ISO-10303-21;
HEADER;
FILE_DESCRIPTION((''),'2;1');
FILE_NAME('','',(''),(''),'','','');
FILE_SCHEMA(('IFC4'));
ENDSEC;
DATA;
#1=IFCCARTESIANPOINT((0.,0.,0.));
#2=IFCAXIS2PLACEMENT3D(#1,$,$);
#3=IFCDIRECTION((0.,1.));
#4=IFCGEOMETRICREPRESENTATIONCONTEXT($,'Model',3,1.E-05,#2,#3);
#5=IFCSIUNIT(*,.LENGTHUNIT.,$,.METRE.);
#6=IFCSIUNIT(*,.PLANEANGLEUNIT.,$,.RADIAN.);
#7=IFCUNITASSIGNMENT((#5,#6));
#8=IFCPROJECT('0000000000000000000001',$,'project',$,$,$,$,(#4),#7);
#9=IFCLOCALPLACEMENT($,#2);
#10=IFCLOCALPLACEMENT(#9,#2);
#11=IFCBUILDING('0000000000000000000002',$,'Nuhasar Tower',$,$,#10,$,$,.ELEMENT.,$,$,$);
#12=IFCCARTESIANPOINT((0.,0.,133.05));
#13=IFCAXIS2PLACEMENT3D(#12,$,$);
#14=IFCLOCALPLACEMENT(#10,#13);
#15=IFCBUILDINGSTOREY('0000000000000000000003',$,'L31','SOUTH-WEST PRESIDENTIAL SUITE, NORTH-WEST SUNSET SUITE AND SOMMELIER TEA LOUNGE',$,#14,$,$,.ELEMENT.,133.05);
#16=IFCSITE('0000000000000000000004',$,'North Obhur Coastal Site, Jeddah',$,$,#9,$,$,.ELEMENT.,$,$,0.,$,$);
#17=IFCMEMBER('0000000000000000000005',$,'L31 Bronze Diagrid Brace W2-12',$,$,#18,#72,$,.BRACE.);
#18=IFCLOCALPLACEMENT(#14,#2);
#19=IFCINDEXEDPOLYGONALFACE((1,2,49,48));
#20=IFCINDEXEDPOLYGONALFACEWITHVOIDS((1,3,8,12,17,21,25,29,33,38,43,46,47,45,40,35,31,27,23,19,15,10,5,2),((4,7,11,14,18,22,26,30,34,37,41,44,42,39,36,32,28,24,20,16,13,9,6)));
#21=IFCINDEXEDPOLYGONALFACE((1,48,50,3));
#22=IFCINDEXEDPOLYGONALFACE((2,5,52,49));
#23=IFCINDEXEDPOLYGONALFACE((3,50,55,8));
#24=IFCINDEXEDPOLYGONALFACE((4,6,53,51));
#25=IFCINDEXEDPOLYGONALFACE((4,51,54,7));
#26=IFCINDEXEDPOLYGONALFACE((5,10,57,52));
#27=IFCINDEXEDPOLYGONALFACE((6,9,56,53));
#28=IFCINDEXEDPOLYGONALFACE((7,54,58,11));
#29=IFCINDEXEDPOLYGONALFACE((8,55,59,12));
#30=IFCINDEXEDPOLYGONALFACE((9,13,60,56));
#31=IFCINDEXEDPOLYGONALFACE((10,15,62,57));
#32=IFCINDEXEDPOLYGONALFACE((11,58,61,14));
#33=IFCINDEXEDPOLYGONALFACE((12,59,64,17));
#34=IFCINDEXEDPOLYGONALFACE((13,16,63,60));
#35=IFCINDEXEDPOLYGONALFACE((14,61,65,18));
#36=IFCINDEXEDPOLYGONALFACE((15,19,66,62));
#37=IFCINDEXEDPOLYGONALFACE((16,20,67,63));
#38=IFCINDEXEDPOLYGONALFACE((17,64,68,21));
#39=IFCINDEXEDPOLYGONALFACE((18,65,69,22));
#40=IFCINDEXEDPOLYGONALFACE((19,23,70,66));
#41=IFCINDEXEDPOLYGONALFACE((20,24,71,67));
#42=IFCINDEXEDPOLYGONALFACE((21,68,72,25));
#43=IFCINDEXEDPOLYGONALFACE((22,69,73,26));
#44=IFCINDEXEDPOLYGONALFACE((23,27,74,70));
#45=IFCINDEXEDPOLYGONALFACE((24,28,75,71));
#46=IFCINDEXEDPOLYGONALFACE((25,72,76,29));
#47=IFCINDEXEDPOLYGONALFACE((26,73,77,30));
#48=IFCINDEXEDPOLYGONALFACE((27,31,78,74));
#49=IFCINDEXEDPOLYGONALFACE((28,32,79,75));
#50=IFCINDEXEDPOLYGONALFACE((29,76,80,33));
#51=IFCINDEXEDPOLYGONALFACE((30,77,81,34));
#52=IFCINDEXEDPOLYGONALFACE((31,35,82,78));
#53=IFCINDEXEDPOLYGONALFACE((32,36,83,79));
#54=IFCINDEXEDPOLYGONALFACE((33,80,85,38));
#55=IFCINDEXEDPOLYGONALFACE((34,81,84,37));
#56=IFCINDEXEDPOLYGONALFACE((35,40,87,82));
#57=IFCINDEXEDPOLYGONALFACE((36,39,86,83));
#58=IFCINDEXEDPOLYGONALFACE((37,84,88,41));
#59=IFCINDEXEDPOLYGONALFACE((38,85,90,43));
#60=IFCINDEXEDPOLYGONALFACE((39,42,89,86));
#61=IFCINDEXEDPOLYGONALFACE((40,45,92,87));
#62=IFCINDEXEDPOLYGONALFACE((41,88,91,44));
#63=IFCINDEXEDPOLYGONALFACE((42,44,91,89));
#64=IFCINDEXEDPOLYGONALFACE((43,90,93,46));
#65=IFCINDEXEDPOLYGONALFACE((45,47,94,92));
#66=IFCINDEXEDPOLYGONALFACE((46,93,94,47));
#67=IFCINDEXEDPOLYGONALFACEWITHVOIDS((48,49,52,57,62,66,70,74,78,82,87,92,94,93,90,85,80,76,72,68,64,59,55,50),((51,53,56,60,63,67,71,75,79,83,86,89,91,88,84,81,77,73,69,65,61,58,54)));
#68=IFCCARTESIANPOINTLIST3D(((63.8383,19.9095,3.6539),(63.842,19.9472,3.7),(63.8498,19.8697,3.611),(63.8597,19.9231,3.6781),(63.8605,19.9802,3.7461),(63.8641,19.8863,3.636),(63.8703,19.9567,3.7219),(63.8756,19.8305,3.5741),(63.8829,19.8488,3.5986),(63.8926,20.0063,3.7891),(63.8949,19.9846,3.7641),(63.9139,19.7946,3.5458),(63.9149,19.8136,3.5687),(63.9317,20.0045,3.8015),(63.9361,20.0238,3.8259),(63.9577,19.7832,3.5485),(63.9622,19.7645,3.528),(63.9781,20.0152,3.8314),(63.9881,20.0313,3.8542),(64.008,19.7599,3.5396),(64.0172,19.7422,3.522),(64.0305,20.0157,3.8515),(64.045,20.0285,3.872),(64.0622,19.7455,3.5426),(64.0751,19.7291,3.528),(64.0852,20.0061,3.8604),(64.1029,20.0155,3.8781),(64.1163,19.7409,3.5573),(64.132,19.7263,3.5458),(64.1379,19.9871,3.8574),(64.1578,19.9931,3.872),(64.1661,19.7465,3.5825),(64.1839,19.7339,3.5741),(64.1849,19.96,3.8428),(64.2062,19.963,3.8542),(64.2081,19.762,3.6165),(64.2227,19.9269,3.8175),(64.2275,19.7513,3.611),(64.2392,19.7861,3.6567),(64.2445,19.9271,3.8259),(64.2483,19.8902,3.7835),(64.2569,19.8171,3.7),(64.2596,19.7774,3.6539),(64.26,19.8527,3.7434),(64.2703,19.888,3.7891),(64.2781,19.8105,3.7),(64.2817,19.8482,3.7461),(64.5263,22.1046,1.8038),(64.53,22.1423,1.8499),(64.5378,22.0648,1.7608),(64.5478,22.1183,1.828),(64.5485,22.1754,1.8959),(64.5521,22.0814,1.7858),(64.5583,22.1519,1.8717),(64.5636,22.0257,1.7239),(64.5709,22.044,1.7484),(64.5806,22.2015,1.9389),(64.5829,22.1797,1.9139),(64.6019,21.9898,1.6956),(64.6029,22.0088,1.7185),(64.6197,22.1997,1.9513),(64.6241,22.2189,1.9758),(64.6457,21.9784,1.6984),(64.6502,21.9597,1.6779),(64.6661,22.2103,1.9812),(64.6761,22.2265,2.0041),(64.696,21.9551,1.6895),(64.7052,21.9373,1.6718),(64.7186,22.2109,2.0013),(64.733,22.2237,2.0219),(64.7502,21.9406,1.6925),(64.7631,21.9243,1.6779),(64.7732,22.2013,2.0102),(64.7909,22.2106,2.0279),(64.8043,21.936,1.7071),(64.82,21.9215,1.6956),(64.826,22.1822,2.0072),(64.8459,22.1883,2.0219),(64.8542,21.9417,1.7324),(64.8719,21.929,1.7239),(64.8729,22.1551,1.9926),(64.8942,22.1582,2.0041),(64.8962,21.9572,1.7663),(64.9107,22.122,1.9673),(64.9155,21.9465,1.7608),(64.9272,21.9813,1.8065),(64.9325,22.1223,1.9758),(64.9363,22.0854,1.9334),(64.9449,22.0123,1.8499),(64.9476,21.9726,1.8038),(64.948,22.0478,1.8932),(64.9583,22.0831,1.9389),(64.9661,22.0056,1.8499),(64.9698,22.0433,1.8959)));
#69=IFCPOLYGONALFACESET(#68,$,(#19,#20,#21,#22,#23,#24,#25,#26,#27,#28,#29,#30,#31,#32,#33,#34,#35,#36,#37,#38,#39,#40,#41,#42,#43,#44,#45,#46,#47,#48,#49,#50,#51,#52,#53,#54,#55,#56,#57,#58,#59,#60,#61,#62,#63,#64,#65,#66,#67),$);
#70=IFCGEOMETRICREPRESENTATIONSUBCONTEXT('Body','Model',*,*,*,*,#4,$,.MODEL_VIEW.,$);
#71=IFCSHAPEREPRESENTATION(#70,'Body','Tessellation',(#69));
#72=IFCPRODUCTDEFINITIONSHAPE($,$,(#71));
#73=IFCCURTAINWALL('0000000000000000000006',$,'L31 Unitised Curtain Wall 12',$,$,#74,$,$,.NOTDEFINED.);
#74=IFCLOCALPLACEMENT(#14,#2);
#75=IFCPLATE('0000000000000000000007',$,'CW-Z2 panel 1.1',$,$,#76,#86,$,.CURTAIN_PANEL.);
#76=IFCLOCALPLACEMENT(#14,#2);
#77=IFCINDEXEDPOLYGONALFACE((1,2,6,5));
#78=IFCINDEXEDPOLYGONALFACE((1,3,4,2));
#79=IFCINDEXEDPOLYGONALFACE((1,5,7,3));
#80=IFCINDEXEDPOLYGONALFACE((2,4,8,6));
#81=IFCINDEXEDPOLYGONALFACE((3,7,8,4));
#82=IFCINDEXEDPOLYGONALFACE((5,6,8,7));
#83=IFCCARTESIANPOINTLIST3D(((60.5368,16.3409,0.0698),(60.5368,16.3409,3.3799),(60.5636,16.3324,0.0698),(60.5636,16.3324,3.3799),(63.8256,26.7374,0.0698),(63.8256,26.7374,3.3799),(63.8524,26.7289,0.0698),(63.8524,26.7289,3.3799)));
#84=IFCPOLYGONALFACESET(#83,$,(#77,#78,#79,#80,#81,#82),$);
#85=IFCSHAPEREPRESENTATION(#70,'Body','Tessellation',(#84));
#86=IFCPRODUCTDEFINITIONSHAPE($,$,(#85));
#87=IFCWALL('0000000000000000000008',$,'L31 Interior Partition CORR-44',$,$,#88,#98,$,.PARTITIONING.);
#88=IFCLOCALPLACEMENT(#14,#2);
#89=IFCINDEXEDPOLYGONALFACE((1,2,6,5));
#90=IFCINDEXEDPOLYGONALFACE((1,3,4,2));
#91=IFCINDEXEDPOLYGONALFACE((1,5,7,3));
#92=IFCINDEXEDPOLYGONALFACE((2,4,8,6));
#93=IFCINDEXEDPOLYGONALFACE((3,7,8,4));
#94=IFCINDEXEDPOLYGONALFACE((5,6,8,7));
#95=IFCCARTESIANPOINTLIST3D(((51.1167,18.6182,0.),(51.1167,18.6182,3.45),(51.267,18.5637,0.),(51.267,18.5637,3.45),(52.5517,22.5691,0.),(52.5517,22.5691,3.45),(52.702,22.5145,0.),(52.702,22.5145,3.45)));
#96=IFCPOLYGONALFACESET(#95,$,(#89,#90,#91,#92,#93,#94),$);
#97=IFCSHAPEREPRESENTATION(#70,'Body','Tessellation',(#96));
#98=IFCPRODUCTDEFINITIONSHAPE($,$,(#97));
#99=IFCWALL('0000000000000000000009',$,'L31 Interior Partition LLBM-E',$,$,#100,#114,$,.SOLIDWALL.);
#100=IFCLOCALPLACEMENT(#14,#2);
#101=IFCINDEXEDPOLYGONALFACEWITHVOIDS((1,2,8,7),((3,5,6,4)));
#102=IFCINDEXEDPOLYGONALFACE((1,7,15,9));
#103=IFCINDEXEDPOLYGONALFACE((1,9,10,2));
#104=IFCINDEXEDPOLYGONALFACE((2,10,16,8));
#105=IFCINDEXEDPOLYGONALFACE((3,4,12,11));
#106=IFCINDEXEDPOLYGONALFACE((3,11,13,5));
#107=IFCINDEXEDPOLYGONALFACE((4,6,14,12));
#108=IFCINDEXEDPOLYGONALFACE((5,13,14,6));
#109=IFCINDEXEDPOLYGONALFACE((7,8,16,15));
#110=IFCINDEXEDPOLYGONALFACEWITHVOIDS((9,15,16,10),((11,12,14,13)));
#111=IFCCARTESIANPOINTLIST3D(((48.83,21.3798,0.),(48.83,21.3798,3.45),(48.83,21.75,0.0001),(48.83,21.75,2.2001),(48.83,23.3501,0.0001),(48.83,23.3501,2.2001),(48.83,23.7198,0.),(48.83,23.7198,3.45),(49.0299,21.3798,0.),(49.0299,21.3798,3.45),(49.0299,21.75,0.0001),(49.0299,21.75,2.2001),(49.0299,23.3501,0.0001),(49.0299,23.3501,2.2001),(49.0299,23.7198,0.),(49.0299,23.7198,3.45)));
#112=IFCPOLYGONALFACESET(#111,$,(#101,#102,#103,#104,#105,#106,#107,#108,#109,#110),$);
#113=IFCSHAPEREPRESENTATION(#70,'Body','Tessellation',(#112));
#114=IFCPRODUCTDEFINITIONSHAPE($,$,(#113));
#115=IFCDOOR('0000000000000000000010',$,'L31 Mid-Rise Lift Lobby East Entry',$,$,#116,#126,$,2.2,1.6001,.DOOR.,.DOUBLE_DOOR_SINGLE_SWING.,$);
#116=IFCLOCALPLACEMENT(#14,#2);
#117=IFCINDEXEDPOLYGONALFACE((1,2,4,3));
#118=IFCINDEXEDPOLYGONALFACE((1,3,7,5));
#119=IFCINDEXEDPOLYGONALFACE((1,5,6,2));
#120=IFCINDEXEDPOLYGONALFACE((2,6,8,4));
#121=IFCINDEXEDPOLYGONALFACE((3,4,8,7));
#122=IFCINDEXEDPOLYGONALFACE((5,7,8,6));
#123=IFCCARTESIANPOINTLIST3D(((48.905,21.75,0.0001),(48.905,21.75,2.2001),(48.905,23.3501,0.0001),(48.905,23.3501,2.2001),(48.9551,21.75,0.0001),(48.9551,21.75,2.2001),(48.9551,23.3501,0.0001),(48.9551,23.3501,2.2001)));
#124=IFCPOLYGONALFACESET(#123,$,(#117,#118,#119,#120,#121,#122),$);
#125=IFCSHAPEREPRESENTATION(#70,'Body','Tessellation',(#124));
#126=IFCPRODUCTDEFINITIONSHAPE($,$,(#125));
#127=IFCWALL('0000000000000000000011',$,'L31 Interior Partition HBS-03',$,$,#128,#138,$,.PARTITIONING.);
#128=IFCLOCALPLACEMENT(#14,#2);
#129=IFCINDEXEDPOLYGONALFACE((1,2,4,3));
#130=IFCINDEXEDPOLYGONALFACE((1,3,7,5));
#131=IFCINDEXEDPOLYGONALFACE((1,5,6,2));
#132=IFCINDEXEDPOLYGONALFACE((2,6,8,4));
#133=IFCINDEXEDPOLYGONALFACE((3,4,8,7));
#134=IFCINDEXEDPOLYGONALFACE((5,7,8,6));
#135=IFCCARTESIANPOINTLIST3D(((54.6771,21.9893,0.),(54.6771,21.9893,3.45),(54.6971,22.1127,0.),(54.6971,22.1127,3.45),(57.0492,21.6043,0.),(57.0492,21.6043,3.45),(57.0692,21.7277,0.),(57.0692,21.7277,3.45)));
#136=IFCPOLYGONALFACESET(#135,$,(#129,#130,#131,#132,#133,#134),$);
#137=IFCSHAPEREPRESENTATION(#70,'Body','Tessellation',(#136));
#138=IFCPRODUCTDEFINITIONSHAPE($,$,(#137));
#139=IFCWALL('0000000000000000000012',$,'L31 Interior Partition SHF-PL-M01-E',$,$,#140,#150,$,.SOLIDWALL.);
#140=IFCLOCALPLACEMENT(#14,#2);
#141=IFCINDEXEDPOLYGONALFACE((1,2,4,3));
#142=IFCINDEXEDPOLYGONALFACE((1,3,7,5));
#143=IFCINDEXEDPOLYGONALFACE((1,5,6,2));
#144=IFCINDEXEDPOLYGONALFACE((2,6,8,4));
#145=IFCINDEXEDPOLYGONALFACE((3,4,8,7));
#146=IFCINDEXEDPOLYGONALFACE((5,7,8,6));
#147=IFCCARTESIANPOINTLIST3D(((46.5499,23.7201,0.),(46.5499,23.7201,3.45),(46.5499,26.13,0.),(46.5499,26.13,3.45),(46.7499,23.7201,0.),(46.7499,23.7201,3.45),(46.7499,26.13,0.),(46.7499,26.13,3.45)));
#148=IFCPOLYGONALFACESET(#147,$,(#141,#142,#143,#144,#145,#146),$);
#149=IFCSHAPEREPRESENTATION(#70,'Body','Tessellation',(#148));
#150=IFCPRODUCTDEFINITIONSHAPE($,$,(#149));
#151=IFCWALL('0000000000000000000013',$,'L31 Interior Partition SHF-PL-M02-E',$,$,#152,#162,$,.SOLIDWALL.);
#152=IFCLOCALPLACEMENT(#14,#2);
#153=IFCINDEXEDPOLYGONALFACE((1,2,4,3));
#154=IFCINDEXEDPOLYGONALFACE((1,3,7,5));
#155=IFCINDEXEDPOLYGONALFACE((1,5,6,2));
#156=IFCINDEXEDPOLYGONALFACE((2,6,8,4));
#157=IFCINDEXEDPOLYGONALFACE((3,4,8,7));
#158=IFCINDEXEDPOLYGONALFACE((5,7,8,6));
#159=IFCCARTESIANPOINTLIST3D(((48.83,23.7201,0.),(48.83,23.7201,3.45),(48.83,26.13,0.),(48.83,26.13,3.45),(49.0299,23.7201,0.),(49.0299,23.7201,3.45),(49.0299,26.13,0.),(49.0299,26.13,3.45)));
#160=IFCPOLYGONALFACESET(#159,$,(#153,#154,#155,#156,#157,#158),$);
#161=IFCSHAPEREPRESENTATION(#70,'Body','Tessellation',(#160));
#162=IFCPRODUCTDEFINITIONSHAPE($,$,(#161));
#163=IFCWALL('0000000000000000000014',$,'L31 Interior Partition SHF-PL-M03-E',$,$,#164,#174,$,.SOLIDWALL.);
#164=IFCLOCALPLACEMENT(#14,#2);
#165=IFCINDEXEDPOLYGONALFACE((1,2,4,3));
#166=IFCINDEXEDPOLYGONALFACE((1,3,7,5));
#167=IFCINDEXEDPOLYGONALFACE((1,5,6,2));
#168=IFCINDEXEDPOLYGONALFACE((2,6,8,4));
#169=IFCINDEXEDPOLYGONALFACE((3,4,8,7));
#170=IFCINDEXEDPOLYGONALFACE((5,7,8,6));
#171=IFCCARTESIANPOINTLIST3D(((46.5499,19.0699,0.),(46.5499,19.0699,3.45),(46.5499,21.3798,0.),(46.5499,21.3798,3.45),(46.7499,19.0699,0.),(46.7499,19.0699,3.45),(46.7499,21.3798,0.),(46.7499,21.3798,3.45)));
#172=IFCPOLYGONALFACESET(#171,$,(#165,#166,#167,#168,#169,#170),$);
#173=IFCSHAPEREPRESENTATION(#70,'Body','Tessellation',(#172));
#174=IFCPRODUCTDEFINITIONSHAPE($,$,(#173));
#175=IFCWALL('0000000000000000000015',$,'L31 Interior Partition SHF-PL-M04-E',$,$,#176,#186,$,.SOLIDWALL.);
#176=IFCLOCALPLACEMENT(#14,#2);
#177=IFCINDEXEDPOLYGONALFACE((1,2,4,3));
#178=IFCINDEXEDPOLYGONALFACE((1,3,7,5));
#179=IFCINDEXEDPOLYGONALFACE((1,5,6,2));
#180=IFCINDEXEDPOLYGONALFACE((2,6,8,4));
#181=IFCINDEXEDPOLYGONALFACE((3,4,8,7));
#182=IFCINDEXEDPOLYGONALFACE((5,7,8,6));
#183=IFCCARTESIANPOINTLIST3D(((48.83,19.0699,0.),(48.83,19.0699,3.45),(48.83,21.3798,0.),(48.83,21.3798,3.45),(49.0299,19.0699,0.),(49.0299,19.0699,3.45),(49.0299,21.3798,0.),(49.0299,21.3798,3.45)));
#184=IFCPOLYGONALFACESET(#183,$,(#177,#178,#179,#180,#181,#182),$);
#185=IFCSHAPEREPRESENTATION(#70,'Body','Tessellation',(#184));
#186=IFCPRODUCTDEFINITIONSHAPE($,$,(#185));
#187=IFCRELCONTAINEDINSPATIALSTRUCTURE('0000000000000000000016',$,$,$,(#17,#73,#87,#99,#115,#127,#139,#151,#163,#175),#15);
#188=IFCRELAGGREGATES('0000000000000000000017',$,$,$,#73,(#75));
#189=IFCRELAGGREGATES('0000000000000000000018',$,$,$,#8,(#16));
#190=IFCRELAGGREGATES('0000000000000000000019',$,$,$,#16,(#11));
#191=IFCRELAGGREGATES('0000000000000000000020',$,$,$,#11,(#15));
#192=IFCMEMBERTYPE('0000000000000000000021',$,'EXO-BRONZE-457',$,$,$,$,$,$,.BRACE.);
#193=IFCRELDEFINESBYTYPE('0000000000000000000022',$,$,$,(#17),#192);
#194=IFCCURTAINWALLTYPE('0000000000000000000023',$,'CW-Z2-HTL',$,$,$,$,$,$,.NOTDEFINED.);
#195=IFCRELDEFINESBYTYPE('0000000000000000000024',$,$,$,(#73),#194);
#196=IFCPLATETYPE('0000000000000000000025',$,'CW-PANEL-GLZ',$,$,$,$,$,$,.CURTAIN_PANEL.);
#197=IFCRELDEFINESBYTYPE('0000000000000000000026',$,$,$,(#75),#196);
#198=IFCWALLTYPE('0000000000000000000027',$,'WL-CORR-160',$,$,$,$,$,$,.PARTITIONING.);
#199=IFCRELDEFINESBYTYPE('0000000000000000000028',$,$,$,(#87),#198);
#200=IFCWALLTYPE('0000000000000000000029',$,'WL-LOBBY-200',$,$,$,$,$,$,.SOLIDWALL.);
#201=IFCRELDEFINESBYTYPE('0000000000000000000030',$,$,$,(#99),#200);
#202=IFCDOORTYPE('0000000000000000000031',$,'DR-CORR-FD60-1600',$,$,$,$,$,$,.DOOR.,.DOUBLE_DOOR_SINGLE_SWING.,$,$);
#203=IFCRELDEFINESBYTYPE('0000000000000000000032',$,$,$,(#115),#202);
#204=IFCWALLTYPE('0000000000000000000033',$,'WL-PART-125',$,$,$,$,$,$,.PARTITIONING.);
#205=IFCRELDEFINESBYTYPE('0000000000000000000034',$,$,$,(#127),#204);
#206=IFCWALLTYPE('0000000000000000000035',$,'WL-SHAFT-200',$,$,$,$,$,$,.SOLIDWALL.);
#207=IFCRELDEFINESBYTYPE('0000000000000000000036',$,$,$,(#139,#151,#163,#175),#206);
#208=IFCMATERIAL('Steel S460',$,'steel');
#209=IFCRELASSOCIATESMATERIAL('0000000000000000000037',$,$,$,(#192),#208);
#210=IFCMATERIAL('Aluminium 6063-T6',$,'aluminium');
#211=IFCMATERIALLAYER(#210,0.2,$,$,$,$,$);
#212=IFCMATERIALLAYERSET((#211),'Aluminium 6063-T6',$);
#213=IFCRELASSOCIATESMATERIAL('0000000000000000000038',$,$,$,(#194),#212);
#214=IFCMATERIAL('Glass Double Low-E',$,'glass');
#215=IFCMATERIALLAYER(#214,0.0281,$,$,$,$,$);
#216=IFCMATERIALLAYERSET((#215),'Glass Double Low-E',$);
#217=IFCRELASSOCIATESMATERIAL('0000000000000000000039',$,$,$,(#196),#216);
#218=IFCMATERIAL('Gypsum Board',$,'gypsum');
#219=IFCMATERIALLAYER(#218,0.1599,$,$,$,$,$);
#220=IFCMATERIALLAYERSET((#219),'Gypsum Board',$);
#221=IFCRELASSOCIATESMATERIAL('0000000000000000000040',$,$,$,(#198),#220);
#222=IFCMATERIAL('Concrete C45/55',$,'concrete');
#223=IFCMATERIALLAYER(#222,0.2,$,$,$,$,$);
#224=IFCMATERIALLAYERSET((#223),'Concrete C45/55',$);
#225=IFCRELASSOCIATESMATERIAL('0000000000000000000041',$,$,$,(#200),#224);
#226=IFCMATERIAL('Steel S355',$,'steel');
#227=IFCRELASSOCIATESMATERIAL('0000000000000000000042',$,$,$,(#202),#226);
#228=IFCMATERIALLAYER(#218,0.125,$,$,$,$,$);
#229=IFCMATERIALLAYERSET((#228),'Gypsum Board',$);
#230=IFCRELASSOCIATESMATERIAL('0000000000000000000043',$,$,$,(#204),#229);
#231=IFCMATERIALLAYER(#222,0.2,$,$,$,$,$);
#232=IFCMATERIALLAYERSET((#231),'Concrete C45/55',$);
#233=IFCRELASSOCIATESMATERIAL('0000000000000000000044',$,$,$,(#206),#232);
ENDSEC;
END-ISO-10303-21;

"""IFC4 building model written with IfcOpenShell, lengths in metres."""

from ifc_helpers import new_model, si_unit, direction, frame, frame_2d, origin, origin_2d, place, context, subcontext, project, spatial, rectangle, hollow_circle, extrude, material, layer, layer_set, material_profile, profile_set, type_object, element, fill, aggregate, save


model = new_model("IFC4")

# Units and contexts
model_context = context("Model", 3, precision=1e-05, world=origin(), true_north=direction((0.0, 1.0)))
body_context = subcontext(model_context, "Body", "Model", "MODEL_VIEW")
ifc_project = project(units=[si_unit("LENGTHUNIT", "METRE"), si_unit("PLANEANGLEUNIT", "RADIAN")], contexts=[model_context])

# Site, building, storey
site_placement = place(None, origin())
site = spatial("IfcSite", under=ifc_project, at=site_placement, Name="North Obhur Coastal Site, Jeddah", CompositionType="ELEMENT", RefElevation=0.0)
building_placement = place(site_placement, origin())
building = spatial("IfcBuilding", under=site, at=building_placement, Name="Nuhasar Tower", CompositionType="ELEMENT")
storey_placement = place(building_placement, frame((0.0, 0.0, 133.05)))
storey = spatial("IfcBuildingStorey", under=building, at=storey_placement, Name="L31", Description="SOUTH-WEST PRESIDENTIAL SUITE, NORTH-WEST SUNSET SUITE AND SOMMELIER TEA LOUNGE", CompositionType="ELEMENT", Elevation=133.05)

# Shared definitions
ifc_material_1 = material(Name="Steel S355", Category="steel")

# Member
ifc_material_2 = material(Name="Steel S460", Category="steel")
ifc_material_profile_1 = material_profile(ifc_material_2, hollow_circle(Radius=0.2285, WallThickness=0.0222, at=origin_2d()), Name="HSS457X22.2")
ifc_profile_set_1 = profile_set([ifc_material_profile_1], Name="Steel S460")
member_type = type_object("IfcMemberType", Name="EXO-BRONZE-457", PredefinedType="BRACE", material=ifc_profile_set_1)
member_1_placement = place(storey_placement, frame((64.748, 22.074, 1.8499), z_axis=(-0.233056, -0.743578, 0.626719), x_axis=(0.954228, -0.299079, 0.0)))
element("IfcMember", 1, at=member_1_placement, inside=storey, type_object=member_type, Name="L31 Bronze Diagrid Brace W2-12", PredefinedType="BRACE", context=body_context, shape_type="SweptSolid", body=[
    extrude(hollow_circle(Radius=0.2285, WallThickness=0.0222, at=origin_2d()), origin(), (0.0, 0.0, 1.0), 2.9521),
])

# Curtain wall, plate
ifc_material_3 = material(Name="Aluminium 6063-T6", Category="aluminium")
ifc_layer_1 = layer(ifc_material_3, 0.2)
ifc_layer_set_1 = layer_set([ifc_layer_1], Name="Aluminium 6063-T6")
curtain_wall_type = type_object("IfcCurtainWallType", Name="CW-Z2-HTL", PredefinedType="NOTDEFINED", material=ifc_layer_set_1)
curtain_wall_placement = place(storey_placement, origin())
curtain_wall = element("IfcCurtainWall", 2, at=curtain_wall_placement, inside=storey, type_object=curtain_wall_type, Name="L31 Unitised Curtain Wall 12", PredefinedType="NOTDEFINED")
ifc_material_4 = material(Name="Glass Double Low-E", Category="glass")
ifc_layer_2 = layer(ifc_material_4, 0.0281)
ifc_layer_set_2 = layer_set([ifc_layer_2], Name="Glass Double Low-E")
plate_type = type_object("IfcPlateType", Name="CW-PANEL-GLZ", PredefinedType="CURTAIN_PANEL", material=ifc_layer_set_2)
plate_placement = place(storey_placement, frame((62.1946, 21.5349, 0.0698), z_axis=(0.0, 0.0, 1.0), x_axis=(0.301604, 0.953433, 0.0)))
plate = element("IfcPlate", 3, at=plate_placement, type_object=plate_type, Name="CW-Z2 panel 1.1", PredefinedType="CURTAIN_PANEL", context=body_context, shape_type="SweptSolid", body=[
    extrude(rectangle(XDim=10.9043, YDim=0.0281, at=origin_2d()), origin(), (0.0, 0.0, 1.0), 3.3101),
])
aggregate(curtain_wall, [plate])

# Wall
ifc_material_5 = material(Name="Gypsum Board", Category="gypsum")
ifc_layer_3 = layer(ifc_material_5, 0.1599)
ifc_layer_set_3 = layer_set([ifc_layer_3], Name="Gypsum Board")
wall_type_1 = type_object("IfcWallType", Name="WL-CORR-160", PredefinedType="PARTITIONING", material=ifc_layer_set_3)
wall_1_placement = place(storey_placement, frame((51.1919, 18.5911, 0.0), z_axis=(0.0, 0.0, 1.0), x_axis=(0.341398, 0.939919, 0.0)))
element("IfcWall", 4, at=wall_1_placement, inside=storey, type_object=wall_type_1, Name="L31 Interior Partition CORR-44", PredefinedType="PARTITIONING", context=body_context, shape_type="SweptSolid", body=[
    extrude(rectangle(XDim=4.2034, YDim=0.1599, at=frame_2d((2.1016, 0.0))), origin(), (0.0, 0.0, 1.0), 3.45),
])

# Wall, opening, door
ifc_material_6 = material(Name="Concrete C45/55", Category="concrete")
ifc_layer_4 = layer(ifc_material_6, 0.2)
ifc_layer_set_4 = layer_set([ifc_layer_4], Name="Concrete C45/55")
wall_type_2 = type_object("IfcWallType", Name="WL-LOBBY-200", PredefinedType="SOLIDWALL", material=ifc_layer_set_4)
wall_2_placement = place(storey_placement, frame((48.9299, 21.3799, 0.0), z_axis=(0.0, 0.0, 1.0), x_axis=(0.0, 1.0, 0.0)))
wall_2 = element("IfcWall", 5, at=wall_2_placement, inside=storey, type_object=wall_type_2, Name="L31 Interior Partition LLBM-E", PredefinedType="SOLIDWALL", context=body_context, shape_type="SweptSolid", body=[
    extrude(rectangle(XDim=2.3401, YDim=0.2, at=frame_2d((1.1699, 0.0))), origin(), (0.0, 0.0, 1.0), 3.45),
])
opening_1_placement = place(wall_2_placement, frame((0.3701, 0.0, 0.0)))
opening_1 = element("IfcOpeningElement", 6, at=opening_1_placement, cuts=wall_2, PredefinedType="OPENING", context=body_context, shape_type="SweptSolid", body=[
    extrude(rectangle(XDim=1.6001, YDim=2.2, at=frame_2d((0.8, 1.1001))), frame((0.0, 0.1099, 0.0), z_axis=(0.0, -1.0, 0.0), x_axis=(1.0, 0.0, 0.0)), (0.0, 0.0, 1.0), 0.22),
])
door_type_1 = type_object("IfcDoorType", Name="DR-CORR-FD60-1600", OperationType="DOUBLE_DOOR_SINGLE_SWING", PredefinedType="DOOR", material=ifc_material_1)
door_1_placement = place(opening_1_placement, origin())
door_1 = element("IfcDoor", 7, at=door_1_placement, inside=storey, type_object=door_type_1, Name="L31 Mid-Rise Lift Lobby East Entry", OperationType="DOUBLE_DOOR_SINGLE_SWING", OverallHeight=2.2, OverallWidth=1.6001, PredefinedType="DOOR", context=body_context, shape_type="SweptSolid", body=[
    extrude(rectangle(XDim=1.6001, YDim=2.2, at=frame_2d((0.8, 1.1001))), frame((0.0, 0.0249, 0.0), z_axis=(0.0, -1.0, 0.0), x_axis=(1.0, 0.0, 0.0)), (0.0, 0.0, 1.0), 0.05),
])
fill(opening_1, door_1)

# Walls
ifc_layer_5 = layer(ifc_material_5, 0.125)
ifc_layer_set_5 = layer_set([ifc_layer_5], Name="Gypsum Board")
wall_type_3 = type_object("IfcWallType", Name="WL-PART-125", PredefinedType="PARTITIONING", material=ifc_layer_set_5)
wall_3_placement = place(storey_placement, frame((54.687, 22.051, 0.0), z_axis=(0.0, 0.0, 1.0), x_axis=(0.987082, -0.160213, 0.0)))
element("IfcWall", 8, at=wall_3_placement, inside=storey, type_object=wall_type_3, Name="L31 Interior Partition HBS-03", PredefinedType="PARTITIONING", context=body_context, shape_type="SweptSolid", body=[
    extrude(rectangle(XDim=2.4031, YDim=0.125, at=frame_2d((1.2017, 0.0))), origin(), (0.0, 0.0, 1.0), 3.45),
])
ifc_layer_6 = layer(ifc_material_6, 0.2)
ifc_layer_set_6 = layer_set([ifc_layer_6], Name="Concrete C45/55")
wall_type_4 = type_object("IfcWallType", Name="WL-SHAFT-200", PredefinedType="SOLIDWALL", material=ifc_layer_set_6)
wall_4_placement = place(storey_placement, frame((46.6499, 23.72, 0.0), z_axis=(0.0, 0.0, 1.0), x_axis=(0.0, 1.0, 0.0)))
element("IfcWall", 9, at=wall_4_placement, inside=storey, type_object=wall_type_4, Name="L31 Interior Partition SHF-PL-M01-E", PredefinedType="SOLIDWALL", context=body_context, shape_type="SweptSolid", body=[
    extrude(rectangle(XDim=2.4099, YDim=0.2, at=frame_2d((1.2051, 0.0))), origin(), (0.0, 0.0, 1.0), 3.45),
])

# Walls
wall_5_placement = place(storey_placement, frame((48.9299, 23.72, 0.0), z_axis=(0.0, 0.0, 1.0), x_axis=(0.0, 1.0, 0.0)))
element("IfcWall", 10, at=wall_5_placement, inside=storey, type_object=wall_type_4, Name="L31 Interior Partition SHF-PL-M02-E", PredefinedType="SOLIDWALL", context=body_context, shape_type="SweptSolid", body=[
    extrude(rectangle(XDim=2.4099, YDim=0.2, at=frame_2d((1.2051, 0.0))), origin(), (0.0, 0.0, 1.0), 3.45),
])
for number, where, z_axis, x_axis, name in (
    (11, (46.6499, 19.0701, 0.0), (0.0, 0.0, 1.0), (0.0, 1.0, 0.0), "L31 Interior Partition SHF-PL-M03-E"),
    (12, (48.9299, 19.0701, 0.0), (0.0, 0.0, 1.0), (0.0, 1.0, 0.0), "L31 Interior Partition SHF-PL-M04-E"),
):
    element("IfcWall", number, at=place(storey_placement, frame(where, z_axis=z_axis, x_axis=x_axis)), inside=storey, type_object=wall_type_4, Name=name, PredefinedType="SOLIDWALL", context=body_context, shape_type="SweptSolid", body=[
        extrude(rectangle(XDim=2.3098, YDim=0.2, at=frame_2d((1.1548, 0.0))), origin(), (0.0, 0.0, 1.0), 3.45),
    ])

save(model, "model.ifc")
